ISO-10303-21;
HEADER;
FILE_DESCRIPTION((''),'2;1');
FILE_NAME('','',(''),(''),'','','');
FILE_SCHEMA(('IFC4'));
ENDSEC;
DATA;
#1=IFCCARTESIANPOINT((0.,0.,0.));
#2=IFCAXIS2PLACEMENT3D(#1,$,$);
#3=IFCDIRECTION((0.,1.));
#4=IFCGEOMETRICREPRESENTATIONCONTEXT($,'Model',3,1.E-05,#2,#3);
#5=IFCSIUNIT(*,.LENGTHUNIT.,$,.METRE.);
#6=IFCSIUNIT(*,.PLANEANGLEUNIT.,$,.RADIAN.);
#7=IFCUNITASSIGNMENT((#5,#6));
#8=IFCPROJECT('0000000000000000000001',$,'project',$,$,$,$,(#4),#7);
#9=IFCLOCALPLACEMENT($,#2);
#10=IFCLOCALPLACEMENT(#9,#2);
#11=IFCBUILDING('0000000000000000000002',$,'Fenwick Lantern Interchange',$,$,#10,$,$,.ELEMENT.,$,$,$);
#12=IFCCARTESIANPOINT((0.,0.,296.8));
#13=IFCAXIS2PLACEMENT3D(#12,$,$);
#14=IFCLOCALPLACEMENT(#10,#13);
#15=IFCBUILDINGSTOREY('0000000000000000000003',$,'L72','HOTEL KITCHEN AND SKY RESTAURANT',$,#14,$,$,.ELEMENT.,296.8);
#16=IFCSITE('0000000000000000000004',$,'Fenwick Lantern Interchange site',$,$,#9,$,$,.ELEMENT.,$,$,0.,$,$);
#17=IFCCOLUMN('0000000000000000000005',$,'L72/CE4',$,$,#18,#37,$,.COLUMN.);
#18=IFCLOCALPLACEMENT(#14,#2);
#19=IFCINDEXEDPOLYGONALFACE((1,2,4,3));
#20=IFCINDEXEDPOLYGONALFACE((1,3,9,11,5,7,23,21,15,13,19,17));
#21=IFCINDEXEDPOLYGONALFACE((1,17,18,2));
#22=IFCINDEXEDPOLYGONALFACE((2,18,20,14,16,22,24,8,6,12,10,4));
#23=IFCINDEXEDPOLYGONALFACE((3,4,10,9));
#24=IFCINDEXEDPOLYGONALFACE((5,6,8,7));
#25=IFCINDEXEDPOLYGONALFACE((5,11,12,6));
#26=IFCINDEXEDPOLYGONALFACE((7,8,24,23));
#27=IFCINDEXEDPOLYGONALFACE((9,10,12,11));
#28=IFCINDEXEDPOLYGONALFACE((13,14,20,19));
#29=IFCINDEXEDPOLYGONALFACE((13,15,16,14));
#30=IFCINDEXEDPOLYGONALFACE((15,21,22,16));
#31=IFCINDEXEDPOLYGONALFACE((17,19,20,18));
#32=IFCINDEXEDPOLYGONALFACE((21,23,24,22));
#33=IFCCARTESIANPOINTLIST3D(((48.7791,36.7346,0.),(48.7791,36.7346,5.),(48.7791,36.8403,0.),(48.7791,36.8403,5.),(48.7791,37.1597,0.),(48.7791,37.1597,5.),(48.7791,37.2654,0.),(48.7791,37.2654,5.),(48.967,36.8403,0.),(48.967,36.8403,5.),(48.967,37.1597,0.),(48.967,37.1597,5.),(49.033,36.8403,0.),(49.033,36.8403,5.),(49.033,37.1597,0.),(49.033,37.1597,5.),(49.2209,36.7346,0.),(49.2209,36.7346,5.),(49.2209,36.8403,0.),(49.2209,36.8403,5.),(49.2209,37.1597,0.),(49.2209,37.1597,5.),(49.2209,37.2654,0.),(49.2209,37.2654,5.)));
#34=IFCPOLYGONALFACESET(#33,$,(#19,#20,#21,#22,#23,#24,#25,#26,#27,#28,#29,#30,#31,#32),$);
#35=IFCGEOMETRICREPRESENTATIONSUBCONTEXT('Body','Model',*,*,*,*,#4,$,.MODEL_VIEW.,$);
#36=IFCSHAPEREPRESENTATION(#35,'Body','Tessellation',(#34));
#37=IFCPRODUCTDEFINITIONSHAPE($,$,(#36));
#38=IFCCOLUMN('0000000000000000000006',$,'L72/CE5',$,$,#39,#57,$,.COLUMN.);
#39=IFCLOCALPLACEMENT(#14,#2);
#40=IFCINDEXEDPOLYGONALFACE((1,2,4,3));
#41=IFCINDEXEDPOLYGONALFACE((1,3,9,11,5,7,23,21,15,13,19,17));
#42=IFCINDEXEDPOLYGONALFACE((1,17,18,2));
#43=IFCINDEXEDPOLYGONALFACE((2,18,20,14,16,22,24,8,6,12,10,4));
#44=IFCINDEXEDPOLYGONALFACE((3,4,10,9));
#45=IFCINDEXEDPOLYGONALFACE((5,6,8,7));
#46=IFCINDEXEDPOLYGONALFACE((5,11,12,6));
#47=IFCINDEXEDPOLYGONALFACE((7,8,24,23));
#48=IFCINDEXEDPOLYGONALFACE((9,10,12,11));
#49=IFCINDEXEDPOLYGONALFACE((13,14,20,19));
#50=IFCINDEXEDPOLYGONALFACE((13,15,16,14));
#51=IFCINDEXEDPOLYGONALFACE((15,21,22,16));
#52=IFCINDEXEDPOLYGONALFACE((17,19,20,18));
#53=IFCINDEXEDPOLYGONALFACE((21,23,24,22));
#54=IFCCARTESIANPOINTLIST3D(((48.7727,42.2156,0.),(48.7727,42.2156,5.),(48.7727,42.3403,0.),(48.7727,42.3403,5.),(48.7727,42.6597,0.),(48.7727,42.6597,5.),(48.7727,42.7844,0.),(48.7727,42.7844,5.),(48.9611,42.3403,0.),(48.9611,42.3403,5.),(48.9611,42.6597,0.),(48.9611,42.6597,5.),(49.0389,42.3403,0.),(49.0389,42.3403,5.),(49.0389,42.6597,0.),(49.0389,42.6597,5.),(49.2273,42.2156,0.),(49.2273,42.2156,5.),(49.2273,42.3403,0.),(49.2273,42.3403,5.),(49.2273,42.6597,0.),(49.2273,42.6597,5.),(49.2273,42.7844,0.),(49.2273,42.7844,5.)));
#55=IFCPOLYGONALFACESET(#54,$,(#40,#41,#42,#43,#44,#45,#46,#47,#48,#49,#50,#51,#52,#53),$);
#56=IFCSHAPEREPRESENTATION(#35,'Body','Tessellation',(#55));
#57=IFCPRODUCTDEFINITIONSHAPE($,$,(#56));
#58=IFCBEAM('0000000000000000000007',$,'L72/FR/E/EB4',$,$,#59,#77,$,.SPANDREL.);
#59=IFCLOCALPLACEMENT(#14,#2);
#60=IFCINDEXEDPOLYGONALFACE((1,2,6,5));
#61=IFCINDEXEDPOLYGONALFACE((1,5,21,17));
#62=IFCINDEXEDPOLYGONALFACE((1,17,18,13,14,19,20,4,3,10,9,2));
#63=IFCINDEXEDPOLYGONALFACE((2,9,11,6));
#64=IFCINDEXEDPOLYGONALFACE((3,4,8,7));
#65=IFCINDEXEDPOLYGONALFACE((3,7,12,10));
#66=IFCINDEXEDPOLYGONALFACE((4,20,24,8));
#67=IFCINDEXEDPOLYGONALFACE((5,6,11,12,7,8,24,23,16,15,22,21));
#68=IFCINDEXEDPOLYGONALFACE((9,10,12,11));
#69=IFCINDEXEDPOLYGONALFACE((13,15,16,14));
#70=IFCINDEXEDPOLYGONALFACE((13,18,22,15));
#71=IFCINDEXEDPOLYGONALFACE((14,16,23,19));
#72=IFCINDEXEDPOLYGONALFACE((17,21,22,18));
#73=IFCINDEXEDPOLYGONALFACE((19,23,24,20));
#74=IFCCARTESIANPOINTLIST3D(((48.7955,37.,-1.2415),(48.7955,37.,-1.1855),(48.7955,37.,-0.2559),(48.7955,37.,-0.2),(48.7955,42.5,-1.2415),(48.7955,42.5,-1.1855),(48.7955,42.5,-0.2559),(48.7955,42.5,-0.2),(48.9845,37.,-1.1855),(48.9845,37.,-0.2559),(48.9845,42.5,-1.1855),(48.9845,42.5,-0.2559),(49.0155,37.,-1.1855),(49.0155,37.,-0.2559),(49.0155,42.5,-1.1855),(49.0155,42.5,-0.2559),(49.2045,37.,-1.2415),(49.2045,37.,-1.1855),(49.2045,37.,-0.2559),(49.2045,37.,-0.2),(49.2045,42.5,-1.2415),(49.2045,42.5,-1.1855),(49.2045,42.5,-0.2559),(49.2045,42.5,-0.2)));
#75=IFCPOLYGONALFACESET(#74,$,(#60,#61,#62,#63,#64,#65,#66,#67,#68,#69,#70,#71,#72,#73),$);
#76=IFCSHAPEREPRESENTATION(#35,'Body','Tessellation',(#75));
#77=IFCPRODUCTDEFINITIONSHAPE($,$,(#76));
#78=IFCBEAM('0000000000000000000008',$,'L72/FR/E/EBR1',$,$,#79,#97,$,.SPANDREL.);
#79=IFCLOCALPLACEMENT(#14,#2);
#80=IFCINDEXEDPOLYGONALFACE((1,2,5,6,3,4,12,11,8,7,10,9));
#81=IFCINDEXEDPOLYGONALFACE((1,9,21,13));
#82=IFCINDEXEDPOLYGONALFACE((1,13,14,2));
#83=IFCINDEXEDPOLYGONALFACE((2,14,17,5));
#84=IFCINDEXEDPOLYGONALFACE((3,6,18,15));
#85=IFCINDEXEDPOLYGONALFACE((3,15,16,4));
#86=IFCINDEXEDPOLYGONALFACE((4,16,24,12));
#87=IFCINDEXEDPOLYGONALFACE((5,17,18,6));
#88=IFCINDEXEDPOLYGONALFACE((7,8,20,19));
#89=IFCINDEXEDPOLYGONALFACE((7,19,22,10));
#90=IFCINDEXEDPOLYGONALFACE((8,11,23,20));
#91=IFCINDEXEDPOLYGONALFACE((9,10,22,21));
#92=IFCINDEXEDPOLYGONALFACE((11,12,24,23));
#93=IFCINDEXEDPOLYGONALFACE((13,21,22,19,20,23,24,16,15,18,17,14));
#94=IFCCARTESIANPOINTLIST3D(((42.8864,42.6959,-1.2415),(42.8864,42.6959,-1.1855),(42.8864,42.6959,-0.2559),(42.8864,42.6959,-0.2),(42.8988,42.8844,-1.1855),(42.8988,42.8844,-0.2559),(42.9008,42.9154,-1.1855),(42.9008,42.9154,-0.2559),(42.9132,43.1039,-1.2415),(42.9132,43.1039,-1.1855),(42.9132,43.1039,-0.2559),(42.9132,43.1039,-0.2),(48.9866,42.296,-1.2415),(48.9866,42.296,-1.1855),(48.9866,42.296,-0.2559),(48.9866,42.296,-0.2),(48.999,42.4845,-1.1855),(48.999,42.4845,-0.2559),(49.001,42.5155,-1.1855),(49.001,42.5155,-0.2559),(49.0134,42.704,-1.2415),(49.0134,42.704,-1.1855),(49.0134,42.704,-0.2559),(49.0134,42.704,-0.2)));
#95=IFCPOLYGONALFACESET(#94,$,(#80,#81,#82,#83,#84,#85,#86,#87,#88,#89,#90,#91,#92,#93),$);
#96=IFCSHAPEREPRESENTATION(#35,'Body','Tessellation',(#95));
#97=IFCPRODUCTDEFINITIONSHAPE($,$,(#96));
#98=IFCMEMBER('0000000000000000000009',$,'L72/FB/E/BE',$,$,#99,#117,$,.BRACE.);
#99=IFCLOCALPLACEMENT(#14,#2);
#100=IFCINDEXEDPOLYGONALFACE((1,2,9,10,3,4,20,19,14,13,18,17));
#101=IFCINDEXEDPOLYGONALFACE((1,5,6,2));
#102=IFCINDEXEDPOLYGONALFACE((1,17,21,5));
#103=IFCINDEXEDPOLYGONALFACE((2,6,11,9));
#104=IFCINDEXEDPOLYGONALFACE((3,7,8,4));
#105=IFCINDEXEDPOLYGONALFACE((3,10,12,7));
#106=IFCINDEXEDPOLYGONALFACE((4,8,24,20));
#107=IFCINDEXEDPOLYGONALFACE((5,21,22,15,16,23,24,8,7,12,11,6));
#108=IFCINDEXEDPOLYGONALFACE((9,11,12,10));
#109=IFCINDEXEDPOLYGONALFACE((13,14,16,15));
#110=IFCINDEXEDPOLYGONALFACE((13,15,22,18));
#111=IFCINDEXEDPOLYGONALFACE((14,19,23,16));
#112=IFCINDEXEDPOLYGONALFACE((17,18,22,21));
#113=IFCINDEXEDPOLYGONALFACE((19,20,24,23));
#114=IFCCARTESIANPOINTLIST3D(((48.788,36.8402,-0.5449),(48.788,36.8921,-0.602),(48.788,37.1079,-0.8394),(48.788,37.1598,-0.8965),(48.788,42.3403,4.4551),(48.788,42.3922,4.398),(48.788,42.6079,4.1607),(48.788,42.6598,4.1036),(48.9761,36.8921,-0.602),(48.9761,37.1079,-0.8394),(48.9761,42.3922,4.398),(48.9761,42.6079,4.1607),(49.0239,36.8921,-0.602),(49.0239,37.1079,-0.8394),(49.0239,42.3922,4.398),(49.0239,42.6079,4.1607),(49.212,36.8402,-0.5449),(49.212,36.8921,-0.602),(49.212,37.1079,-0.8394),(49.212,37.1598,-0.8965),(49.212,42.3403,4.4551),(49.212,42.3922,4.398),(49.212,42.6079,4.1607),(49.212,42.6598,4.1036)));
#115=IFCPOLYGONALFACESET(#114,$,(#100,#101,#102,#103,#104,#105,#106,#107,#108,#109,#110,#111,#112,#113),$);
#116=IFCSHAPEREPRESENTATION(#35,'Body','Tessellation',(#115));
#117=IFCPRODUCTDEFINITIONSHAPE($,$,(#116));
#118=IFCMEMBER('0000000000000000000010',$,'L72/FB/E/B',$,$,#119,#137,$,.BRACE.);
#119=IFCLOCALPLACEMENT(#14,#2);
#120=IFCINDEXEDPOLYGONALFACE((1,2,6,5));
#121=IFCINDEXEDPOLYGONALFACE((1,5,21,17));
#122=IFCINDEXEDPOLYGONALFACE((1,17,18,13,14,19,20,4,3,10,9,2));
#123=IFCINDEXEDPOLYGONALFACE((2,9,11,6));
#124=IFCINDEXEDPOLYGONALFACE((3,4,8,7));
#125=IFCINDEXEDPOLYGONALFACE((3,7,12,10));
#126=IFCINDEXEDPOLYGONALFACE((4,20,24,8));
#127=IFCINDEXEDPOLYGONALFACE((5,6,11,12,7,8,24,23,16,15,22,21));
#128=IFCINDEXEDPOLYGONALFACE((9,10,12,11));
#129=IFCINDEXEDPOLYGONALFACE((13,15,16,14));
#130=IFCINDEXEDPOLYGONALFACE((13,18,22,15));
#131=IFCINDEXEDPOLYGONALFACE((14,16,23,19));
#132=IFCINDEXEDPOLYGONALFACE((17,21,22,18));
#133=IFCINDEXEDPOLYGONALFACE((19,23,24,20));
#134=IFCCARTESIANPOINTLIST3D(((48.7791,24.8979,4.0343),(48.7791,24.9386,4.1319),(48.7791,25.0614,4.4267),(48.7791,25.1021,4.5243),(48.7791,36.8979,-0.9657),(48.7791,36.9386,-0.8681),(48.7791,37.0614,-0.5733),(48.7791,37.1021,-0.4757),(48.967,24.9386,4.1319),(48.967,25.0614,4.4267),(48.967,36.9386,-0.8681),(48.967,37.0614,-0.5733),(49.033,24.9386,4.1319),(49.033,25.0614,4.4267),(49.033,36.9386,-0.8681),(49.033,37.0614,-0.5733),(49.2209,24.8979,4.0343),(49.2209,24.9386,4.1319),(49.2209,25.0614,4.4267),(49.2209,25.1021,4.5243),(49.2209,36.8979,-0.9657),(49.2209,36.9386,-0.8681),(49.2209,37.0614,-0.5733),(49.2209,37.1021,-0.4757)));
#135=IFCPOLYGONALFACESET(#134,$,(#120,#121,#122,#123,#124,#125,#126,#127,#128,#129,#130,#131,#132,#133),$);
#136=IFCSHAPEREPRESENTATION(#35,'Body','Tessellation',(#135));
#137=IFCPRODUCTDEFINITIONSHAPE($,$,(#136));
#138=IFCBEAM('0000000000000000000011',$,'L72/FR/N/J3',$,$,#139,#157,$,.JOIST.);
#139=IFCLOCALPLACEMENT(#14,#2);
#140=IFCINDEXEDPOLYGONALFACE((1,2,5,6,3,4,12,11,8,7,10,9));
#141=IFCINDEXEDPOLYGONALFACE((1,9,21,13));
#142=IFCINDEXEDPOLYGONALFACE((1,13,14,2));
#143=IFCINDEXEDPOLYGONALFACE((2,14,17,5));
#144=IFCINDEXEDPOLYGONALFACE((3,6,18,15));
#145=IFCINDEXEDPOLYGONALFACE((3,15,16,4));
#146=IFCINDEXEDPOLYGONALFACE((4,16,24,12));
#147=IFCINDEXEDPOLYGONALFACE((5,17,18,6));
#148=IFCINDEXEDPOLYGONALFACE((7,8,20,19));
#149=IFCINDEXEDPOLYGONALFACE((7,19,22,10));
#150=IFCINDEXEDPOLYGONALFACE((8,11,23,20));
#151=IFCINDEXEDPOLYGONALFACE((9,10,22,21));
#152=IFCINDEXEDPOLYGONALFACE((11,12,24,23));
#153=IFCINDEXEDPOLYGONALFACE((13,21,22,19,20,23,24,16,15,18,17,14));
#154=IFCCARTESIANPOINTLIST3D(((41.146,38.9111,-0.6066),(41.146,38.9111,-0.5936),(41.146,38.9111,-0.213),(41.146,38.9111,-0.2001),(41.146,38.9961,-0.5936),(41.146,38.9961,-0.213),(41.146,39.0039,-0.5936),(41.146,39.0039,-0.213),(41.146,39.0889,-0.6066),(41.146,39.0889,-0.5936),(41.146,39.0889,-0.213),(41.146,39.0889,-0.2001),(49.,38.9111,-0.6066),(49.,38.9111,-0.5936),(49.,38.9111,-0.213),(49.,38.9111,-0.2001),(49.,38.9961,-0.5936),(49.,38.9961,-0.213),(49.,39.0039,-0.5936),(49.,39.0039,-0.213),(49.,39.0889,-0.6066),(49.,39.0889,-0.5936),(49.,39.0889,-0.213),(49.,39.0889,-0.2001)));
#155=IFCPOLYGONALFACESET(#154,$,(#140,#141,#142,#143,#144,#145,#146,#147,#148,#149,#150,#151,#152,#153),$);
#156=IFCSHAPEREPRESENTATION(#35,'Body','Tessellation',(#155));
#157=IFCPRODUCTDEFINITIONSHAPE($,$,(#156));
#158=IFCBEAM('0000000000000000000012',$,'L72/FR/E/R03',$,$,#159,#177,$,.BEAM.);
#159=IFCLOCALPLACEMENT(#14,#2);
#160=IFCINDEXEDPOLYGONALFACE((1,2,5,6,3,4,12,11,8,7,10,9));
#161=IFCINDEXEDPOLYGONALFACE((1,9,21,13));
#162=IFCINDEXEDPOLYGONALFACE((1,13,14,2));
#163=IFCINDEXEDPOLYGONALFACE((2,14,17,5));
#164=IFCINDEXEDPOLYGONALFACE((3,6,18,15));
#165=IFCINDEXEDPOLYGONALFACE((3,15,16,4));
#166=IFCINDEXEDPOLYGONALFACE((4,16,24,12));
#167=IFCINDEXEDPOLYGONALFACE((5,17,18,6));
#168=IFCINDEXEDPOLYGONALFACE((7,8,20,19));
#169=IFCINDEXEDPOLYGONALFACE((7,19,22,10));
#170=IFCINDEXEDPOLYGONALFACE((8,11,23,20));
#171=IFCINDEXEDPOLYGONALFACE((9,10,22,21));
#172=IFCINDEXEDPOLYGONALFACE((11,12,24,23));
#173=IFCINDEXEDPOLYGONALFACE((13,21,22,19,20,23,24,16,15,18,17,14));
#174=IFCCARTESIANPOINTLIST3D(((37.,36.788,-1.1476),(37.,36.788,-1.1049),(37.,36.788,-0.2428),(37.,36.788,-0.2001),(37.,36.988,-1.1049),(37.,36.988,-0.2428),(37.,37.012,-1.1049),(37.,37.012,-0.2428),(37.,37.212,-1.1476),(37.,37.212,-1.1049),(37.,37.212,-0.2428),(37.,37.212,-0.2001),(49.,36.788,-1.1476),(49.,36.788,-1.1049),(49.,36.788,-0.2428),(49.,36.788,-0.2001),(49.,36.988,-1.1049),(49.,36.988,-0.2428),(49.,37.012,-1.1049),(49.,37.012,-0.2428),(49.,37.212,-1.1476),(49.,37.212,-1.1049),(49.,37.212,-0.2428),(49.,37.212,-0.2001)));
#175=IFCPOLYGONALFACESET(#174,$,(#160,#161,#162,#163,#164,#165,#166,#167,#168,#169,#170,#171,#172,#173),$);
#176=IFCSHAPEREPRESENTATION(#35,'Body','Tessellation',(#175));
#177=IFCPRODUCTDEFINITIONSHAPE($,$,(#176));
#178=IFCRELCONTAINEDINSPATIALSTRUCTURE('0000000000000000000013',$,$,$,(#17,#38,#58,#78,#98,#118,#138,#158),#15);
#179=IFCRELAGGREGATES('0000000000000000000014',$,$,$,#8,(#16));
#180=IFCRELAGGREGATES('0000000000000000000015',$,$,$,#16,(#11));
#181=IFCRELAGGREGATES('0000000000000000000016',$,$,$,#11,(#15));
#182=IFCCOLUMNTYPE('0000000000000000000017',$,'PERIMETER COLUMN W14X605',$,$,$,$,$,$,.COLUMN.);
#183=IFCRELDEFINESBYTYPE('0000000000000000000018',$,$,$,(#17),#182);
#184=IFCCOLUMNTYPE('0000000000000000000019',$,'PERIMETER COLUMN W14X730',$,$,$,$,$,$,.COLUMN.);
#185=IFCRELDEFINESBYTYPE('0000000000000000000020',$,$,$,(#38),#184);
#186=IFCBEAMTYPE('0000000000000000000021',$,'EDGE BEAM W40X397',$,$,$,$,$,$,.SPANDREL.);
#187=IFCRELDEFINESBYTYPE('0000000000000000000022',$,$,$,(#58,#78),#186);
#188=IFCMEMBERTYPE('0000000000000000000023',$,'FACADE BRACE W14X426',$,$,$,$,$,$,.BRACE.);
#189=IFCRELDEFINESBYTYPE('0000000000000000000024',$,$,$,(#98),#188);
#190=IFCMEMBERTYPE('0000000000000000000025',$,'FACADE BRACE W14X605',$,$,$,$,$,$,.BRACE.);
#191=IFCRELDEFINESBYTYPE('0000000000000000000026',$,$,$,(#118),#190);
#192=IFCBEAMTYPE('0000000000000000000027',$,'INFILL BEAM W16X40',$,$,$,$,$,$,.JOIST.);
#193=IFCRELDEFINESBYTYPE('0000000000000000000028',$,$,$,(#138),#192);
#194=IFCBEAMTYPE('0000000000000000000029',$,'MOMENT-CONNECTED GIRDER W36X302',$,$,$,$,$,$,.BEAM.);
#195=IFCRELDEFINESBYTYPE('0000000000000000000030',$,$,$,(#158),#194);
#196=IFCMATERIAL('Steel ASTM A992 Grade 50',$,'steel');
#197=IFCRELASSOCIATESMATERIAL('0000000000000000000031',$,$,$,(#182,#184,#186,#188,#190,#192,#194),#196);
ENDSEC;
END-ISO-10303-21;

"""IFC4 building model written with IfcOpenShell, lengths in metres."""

from ifc_helpers import new_model, si_unit, direction, frame, origin, origin_2d, place, context, subcontext, project, spatial, i_section, extrude, material, material_profile, profile_set, type_object, element, save


model = new_model("IFC4")

# Units and contexts
model_context = context("Model", 3, precision=1e-05, world=origin(), true_north=direction((0.0, 1.0)))
body_context = subcontext(model_context, "Body", "Model", "MODEL_VIEW")
ifc_project = project(units=[si_unit("LENGTHUNIT", "METRE"), si_unit("PLANEANGLEUNIT", "RADIAN")], contexts=[model_context])

# Site, building, storey
site_placement = place(None, origin())
site = spatial("IfcSite", under=ifc_project, at=site_placement, Name="Fenwick Lantern Interchange site", CompositionType="ELEMENT", RefElevation=0.0)
building_placement = place(site_placement, origin())
building = spatial("IfcBuilding", under=site, at=building_placement, Name="Fenwick Lantern Interchange", CompositionType="ELEMENT")
storey_placement = place(building_placement, frame((0.0, 0.0, 296.8)))
storey = spatial("IfcBuildingStorey", under=building, at=storey_placement, Name="L72", Description="HOTEL KITCHEN AND SKY RESTAURANT", CompositionType="ELEMENT", Elevation=296.8)

# Columns
ifc_material_1 = material(Name="Steel ASTM A992 Grade 50", Category="steel")
ifc_material_profile_1 = material_profile(ifc_material_1, i_section(OverallWidth=0.4419, OverallDepth=0.5308, WebThickness=0.0659, FlangeThickness=0.1057, at=origin_2d()), Name="W14X605")
ifc_profile_set_1 = profile_set([ifc_material_profile_1], Name="Steel ASTM A992 Grade 50")
column_type_1 = type_object("IfcColumnType", Name="PERIMETER COLUMN W14X605", PredefinedType="COLUMN", material=ifc_profile_set_1)
column_1_placement = place(storey_placement, frame((49.0, 37.0, 0.0), z_axis=(0.0, 0.0, 1.0), x_axis=(1.0, 0.0, 0.0)))
element("IfcColumn", 1, at=column_1_placement, inside=storey, type_object=column_type_1, Name="L72/CE4", PredefinedType="COLUMN", context=body_context, shape_type="SweptSolid", body=[
    extrude(i_section(OverallWidth=0.4419, OverallDepth=0.5308, WebThickness=0.0659, FlangeThickness=0.1057, at=origin_2d()), origin(), (0.0, 0.0, 1.0), 5.0),
])
ifc_material_profile_2 = material_profile(ifc_material_1, i_section(OverallWidth=0.4546, OverallDepth=0.5688, WebThickness=0.0779, FlangeThickness=0.1248, at=origin_2d()), Name="W14X730")
ifc_profile_set_2 = profile_set([ifc_material_profile_2], Name="Steel ASTM A992 Grade 50")
column_type_2 = type_object("IfcColumnType", Name="PERIMETER COLUMN W14X730", PredefinedType="COLUMN", material=ifc_profile_set_2)
column_2_placement = place(storey_placement, frame((49.0, 42.5, 0.0), z_axis=(0.0, 0.0, 1.0), x_axis=(1.0, 0.0, 0.0)))
element("IfcColumn", 2, at=column_2_placement, inside=storey, type_object=column_type_2, Name="L72/CE5", PredefinedType="COLUMN", context=body_context, shape_type="SweptSolid", body=[
    extrude(i_section(OverallWidth=0.4546, OverallDepth=0.5688, WebThickness=0.0779, FlangeThickness=0.1248, at=origin_2d()), origin(), (0.0, 0.0, 1.0), 5.0),
])

# Beams
ifc_material_profile_3 = material_profile(ifc_material_1, i_section(OverallWidth=0.4089, OverallDepth=1.0415, WebThickness=0.031, FlangeThickness=0.0559, at=origin_2d()), Name="W40X397")
ifc_profile_set_3 = profile_set([ifc_material_profile_3], Name="Steel ASTM A992 Grade 50")
beam_type_1 = type_object("IfcBeamType", Name="EDGE BEAM W40X397", PredefinedType="SPANDREL", material=ifc_profile_set_3)
beam_1_placement = place(storey_placement, frame((49.0, 37.0, -0.7207), z_axis=(0.0, 1.0, 0.0), x_axis=(-1.0, 0.0, 0.0)))
element("IfcBeam", 3, at=beam_1_placement, inside=storey, type_object=beam_type_1, Name="L72/FR/E/EB4", PredefinedType="SPANDREL", context=body_context, shape_type="SweptSolid", body=[
    extrude(i_section(OverallWidth=0.4089, OverallDepth=1.0415, WebThickness=0.031, FlangeThickness=0.0559, at=origin_2d()), origin(), (0.0, 0.0, 1.0), 5.5),
])
beam_2_placement = place(storey_placement, frame((49.0, 42.5, -0.7207), z_axis=(-0.997858, 0.065416, 0.0), x_axis=(-0.065416, -0.997858, 0.0)))
element("IfcBeam", 4, at=beam_2_placement, inside=storey, type_object=beam_type_1, Name="L72/FR/E/EBR1", PredefinedType="SPANDREL", context=body_context, shape_type="SweptSolid", body=[
    extrude(i_section(OverallWidth=0.4089, OverallDepth=1.0415, WebThickness=0.031, FlangeThickness=0.0559, at=origin_2d()), origin(), (0.0, 0.0, 1.0), 6.1133),
])

# Members
ifc_material_profile_4 = material_profile(ifc_material_1, i_section(OverallWidth=0.4241, OverallDepth=0.4751, WebThickness=0.0479, FlangeThickness=0.0771, at=origin_2d()), Name="W14X426")
ifc_profile_set_4 = profile_set([ifc_material_profile_4], Name="Steel ASTM A992 Grade 50")
member_type_1 = type_object("IfcMemberType", Name="FACADE BRACE W14X426", PredefinedType="BRACE", material=ifc_profile_set_4)
member_1_placement = place(storey_placement, frame((49.0, 37.0, -0.7207), z_axis=(0.0, 0.73994, 0.672673), x_axis=(-1.0, 0.0, 0.0)))
element("IfcMember", 5, at=member_1_placement, inside=storey, type_object=member_type_1, Name="L72/FB/E/BE", PredefinedType="BRACE", context=body_context, shape_type="SweptSolid", body=[
    extrude(i_section(OverallWidth=0.4241, OverallDepth=0.4751, WebThickness=0.0479, FlangeThickness=0.0771, at=origin_2d()), origin(), (0.0, 0.0, 1.0), 7.4331),
])
ifc_material_profile_5 = material_profile(ifc_material_1, i_section(OverallWidth=0.4419, OverallDepth=0.5308, WebThickness=0.0659, FlangeThickness=0.1057, at=origin_2d()), Name="W14X605")
ifc_profile_set_5 = profile_set([ifc_material_profile_5], Name="Steel ASTM A992 Grade 50")
member_type_2 = type_object("IfcMemberType", Name="FACADE BRACE W14X605", PredefinedType="BRACE", material=ifc_profile_set_5)
member_2_placement = place(storey_placement, frame((49.0, 37.0, -0.7207), z_axis=(0.0, -0.923077, 0.384615), x_axis=(1.0, 0.0, 0.0)))
element("IfcMember", 6, at=member_2_placement, inside=storey, type_object=member_type_2, Name="L72/FB/E/B", PredefinedType="BRACE", context=body_context, shape_type="SweptSolid", body=[
    extrude(i_section(OverallWidth=0.4419, OverallDepth=0.5308, WebThickness=0.0659, FlangeThickness=0.1057, at=origin_2d()), origin(), (0.0, 0.0, 1.0), 13.0),
])

# Beams
ifc_material_profile_6 = material_profile(ifc_material_1, i_section(OverallWidth=0.1777, OverallDepth=0.4065, WebThickness=0.0078, FlangeThickness=0.0129, at=origin_2d()), Name="W16X40")
ifc_profile_set_6 = profile_set([ifc_material_profile_6], Name="Steel ASTM A992 Grade 50")
beam_type_2 = type_object("IfcBeamType", Name="INFILL BEAM W16X40", PredefinedType="JOIST", material=ifc_profile_set_6)
beam_3_placement = place(storey_placement, frame((49.0, 39.0, -0.4033), z_axis=(-1.0, 0.0, 0.0), x_axis=(0.0, -1.0, 0.0)))
element("IfcBeam", 7, at=beam_3_placement, inside=storey, type_object=beam_type_2, Name="L72/FR/N/J3", PredefinedType="JOIST", context=body_context, shape_type="SweptSolid", body=[
    extrude(i_section(OverallWidth=0.1777, OverallDepth=0.4065, WebThickness=0.0078, FlangeThickness=0.0129, at=origin_2d()), origin(), (0.0, 0.0, 1.0), 7.854),
])
ifc_material_profile_7 = material_profile(ifc_material_1, i_section(OverallWidth=0.4241, OverallDepth=0.9475, WebThickness=0.0239, FlangeThickness=0.0427, at=origin_2d()), Name="W36X302")
ifc_profile_set_7 = profile_set([ifc_material_profile_7], Name="Steel ASTM A992 Grade 50")
beam_type_3 = type_object("IfcBeamType", Name="MOMENT-CONNECTED GIRDER W36X302", PredefinedType="BEAM", material=ifc_profile_set_7)
beam_4_placement = place(storey_placement, frame((49.0, 37.0, -0.6738), z_axis=(-1.0, 0.0, 0.0), x_axis=(0.0, -1.0, 0.0)))
element("IfcBeam", 8, at=beam_4_placement, inside=storey, type_object=beam_type_3, Name="L72/FR/E/R03", PredefinedType="BEAM", context=body_context, shape_type="SweptSolid", body=[
    extrude(i_section(OverallWidth=0.4241, OverallDepth=0.9475, WebThickness=0.0239, FlangeThickness=0.0427, at=origin_2d()), origin(), (0.0, 0.0, 1.0), 12.0),
])

save(model, "model.ifc")
